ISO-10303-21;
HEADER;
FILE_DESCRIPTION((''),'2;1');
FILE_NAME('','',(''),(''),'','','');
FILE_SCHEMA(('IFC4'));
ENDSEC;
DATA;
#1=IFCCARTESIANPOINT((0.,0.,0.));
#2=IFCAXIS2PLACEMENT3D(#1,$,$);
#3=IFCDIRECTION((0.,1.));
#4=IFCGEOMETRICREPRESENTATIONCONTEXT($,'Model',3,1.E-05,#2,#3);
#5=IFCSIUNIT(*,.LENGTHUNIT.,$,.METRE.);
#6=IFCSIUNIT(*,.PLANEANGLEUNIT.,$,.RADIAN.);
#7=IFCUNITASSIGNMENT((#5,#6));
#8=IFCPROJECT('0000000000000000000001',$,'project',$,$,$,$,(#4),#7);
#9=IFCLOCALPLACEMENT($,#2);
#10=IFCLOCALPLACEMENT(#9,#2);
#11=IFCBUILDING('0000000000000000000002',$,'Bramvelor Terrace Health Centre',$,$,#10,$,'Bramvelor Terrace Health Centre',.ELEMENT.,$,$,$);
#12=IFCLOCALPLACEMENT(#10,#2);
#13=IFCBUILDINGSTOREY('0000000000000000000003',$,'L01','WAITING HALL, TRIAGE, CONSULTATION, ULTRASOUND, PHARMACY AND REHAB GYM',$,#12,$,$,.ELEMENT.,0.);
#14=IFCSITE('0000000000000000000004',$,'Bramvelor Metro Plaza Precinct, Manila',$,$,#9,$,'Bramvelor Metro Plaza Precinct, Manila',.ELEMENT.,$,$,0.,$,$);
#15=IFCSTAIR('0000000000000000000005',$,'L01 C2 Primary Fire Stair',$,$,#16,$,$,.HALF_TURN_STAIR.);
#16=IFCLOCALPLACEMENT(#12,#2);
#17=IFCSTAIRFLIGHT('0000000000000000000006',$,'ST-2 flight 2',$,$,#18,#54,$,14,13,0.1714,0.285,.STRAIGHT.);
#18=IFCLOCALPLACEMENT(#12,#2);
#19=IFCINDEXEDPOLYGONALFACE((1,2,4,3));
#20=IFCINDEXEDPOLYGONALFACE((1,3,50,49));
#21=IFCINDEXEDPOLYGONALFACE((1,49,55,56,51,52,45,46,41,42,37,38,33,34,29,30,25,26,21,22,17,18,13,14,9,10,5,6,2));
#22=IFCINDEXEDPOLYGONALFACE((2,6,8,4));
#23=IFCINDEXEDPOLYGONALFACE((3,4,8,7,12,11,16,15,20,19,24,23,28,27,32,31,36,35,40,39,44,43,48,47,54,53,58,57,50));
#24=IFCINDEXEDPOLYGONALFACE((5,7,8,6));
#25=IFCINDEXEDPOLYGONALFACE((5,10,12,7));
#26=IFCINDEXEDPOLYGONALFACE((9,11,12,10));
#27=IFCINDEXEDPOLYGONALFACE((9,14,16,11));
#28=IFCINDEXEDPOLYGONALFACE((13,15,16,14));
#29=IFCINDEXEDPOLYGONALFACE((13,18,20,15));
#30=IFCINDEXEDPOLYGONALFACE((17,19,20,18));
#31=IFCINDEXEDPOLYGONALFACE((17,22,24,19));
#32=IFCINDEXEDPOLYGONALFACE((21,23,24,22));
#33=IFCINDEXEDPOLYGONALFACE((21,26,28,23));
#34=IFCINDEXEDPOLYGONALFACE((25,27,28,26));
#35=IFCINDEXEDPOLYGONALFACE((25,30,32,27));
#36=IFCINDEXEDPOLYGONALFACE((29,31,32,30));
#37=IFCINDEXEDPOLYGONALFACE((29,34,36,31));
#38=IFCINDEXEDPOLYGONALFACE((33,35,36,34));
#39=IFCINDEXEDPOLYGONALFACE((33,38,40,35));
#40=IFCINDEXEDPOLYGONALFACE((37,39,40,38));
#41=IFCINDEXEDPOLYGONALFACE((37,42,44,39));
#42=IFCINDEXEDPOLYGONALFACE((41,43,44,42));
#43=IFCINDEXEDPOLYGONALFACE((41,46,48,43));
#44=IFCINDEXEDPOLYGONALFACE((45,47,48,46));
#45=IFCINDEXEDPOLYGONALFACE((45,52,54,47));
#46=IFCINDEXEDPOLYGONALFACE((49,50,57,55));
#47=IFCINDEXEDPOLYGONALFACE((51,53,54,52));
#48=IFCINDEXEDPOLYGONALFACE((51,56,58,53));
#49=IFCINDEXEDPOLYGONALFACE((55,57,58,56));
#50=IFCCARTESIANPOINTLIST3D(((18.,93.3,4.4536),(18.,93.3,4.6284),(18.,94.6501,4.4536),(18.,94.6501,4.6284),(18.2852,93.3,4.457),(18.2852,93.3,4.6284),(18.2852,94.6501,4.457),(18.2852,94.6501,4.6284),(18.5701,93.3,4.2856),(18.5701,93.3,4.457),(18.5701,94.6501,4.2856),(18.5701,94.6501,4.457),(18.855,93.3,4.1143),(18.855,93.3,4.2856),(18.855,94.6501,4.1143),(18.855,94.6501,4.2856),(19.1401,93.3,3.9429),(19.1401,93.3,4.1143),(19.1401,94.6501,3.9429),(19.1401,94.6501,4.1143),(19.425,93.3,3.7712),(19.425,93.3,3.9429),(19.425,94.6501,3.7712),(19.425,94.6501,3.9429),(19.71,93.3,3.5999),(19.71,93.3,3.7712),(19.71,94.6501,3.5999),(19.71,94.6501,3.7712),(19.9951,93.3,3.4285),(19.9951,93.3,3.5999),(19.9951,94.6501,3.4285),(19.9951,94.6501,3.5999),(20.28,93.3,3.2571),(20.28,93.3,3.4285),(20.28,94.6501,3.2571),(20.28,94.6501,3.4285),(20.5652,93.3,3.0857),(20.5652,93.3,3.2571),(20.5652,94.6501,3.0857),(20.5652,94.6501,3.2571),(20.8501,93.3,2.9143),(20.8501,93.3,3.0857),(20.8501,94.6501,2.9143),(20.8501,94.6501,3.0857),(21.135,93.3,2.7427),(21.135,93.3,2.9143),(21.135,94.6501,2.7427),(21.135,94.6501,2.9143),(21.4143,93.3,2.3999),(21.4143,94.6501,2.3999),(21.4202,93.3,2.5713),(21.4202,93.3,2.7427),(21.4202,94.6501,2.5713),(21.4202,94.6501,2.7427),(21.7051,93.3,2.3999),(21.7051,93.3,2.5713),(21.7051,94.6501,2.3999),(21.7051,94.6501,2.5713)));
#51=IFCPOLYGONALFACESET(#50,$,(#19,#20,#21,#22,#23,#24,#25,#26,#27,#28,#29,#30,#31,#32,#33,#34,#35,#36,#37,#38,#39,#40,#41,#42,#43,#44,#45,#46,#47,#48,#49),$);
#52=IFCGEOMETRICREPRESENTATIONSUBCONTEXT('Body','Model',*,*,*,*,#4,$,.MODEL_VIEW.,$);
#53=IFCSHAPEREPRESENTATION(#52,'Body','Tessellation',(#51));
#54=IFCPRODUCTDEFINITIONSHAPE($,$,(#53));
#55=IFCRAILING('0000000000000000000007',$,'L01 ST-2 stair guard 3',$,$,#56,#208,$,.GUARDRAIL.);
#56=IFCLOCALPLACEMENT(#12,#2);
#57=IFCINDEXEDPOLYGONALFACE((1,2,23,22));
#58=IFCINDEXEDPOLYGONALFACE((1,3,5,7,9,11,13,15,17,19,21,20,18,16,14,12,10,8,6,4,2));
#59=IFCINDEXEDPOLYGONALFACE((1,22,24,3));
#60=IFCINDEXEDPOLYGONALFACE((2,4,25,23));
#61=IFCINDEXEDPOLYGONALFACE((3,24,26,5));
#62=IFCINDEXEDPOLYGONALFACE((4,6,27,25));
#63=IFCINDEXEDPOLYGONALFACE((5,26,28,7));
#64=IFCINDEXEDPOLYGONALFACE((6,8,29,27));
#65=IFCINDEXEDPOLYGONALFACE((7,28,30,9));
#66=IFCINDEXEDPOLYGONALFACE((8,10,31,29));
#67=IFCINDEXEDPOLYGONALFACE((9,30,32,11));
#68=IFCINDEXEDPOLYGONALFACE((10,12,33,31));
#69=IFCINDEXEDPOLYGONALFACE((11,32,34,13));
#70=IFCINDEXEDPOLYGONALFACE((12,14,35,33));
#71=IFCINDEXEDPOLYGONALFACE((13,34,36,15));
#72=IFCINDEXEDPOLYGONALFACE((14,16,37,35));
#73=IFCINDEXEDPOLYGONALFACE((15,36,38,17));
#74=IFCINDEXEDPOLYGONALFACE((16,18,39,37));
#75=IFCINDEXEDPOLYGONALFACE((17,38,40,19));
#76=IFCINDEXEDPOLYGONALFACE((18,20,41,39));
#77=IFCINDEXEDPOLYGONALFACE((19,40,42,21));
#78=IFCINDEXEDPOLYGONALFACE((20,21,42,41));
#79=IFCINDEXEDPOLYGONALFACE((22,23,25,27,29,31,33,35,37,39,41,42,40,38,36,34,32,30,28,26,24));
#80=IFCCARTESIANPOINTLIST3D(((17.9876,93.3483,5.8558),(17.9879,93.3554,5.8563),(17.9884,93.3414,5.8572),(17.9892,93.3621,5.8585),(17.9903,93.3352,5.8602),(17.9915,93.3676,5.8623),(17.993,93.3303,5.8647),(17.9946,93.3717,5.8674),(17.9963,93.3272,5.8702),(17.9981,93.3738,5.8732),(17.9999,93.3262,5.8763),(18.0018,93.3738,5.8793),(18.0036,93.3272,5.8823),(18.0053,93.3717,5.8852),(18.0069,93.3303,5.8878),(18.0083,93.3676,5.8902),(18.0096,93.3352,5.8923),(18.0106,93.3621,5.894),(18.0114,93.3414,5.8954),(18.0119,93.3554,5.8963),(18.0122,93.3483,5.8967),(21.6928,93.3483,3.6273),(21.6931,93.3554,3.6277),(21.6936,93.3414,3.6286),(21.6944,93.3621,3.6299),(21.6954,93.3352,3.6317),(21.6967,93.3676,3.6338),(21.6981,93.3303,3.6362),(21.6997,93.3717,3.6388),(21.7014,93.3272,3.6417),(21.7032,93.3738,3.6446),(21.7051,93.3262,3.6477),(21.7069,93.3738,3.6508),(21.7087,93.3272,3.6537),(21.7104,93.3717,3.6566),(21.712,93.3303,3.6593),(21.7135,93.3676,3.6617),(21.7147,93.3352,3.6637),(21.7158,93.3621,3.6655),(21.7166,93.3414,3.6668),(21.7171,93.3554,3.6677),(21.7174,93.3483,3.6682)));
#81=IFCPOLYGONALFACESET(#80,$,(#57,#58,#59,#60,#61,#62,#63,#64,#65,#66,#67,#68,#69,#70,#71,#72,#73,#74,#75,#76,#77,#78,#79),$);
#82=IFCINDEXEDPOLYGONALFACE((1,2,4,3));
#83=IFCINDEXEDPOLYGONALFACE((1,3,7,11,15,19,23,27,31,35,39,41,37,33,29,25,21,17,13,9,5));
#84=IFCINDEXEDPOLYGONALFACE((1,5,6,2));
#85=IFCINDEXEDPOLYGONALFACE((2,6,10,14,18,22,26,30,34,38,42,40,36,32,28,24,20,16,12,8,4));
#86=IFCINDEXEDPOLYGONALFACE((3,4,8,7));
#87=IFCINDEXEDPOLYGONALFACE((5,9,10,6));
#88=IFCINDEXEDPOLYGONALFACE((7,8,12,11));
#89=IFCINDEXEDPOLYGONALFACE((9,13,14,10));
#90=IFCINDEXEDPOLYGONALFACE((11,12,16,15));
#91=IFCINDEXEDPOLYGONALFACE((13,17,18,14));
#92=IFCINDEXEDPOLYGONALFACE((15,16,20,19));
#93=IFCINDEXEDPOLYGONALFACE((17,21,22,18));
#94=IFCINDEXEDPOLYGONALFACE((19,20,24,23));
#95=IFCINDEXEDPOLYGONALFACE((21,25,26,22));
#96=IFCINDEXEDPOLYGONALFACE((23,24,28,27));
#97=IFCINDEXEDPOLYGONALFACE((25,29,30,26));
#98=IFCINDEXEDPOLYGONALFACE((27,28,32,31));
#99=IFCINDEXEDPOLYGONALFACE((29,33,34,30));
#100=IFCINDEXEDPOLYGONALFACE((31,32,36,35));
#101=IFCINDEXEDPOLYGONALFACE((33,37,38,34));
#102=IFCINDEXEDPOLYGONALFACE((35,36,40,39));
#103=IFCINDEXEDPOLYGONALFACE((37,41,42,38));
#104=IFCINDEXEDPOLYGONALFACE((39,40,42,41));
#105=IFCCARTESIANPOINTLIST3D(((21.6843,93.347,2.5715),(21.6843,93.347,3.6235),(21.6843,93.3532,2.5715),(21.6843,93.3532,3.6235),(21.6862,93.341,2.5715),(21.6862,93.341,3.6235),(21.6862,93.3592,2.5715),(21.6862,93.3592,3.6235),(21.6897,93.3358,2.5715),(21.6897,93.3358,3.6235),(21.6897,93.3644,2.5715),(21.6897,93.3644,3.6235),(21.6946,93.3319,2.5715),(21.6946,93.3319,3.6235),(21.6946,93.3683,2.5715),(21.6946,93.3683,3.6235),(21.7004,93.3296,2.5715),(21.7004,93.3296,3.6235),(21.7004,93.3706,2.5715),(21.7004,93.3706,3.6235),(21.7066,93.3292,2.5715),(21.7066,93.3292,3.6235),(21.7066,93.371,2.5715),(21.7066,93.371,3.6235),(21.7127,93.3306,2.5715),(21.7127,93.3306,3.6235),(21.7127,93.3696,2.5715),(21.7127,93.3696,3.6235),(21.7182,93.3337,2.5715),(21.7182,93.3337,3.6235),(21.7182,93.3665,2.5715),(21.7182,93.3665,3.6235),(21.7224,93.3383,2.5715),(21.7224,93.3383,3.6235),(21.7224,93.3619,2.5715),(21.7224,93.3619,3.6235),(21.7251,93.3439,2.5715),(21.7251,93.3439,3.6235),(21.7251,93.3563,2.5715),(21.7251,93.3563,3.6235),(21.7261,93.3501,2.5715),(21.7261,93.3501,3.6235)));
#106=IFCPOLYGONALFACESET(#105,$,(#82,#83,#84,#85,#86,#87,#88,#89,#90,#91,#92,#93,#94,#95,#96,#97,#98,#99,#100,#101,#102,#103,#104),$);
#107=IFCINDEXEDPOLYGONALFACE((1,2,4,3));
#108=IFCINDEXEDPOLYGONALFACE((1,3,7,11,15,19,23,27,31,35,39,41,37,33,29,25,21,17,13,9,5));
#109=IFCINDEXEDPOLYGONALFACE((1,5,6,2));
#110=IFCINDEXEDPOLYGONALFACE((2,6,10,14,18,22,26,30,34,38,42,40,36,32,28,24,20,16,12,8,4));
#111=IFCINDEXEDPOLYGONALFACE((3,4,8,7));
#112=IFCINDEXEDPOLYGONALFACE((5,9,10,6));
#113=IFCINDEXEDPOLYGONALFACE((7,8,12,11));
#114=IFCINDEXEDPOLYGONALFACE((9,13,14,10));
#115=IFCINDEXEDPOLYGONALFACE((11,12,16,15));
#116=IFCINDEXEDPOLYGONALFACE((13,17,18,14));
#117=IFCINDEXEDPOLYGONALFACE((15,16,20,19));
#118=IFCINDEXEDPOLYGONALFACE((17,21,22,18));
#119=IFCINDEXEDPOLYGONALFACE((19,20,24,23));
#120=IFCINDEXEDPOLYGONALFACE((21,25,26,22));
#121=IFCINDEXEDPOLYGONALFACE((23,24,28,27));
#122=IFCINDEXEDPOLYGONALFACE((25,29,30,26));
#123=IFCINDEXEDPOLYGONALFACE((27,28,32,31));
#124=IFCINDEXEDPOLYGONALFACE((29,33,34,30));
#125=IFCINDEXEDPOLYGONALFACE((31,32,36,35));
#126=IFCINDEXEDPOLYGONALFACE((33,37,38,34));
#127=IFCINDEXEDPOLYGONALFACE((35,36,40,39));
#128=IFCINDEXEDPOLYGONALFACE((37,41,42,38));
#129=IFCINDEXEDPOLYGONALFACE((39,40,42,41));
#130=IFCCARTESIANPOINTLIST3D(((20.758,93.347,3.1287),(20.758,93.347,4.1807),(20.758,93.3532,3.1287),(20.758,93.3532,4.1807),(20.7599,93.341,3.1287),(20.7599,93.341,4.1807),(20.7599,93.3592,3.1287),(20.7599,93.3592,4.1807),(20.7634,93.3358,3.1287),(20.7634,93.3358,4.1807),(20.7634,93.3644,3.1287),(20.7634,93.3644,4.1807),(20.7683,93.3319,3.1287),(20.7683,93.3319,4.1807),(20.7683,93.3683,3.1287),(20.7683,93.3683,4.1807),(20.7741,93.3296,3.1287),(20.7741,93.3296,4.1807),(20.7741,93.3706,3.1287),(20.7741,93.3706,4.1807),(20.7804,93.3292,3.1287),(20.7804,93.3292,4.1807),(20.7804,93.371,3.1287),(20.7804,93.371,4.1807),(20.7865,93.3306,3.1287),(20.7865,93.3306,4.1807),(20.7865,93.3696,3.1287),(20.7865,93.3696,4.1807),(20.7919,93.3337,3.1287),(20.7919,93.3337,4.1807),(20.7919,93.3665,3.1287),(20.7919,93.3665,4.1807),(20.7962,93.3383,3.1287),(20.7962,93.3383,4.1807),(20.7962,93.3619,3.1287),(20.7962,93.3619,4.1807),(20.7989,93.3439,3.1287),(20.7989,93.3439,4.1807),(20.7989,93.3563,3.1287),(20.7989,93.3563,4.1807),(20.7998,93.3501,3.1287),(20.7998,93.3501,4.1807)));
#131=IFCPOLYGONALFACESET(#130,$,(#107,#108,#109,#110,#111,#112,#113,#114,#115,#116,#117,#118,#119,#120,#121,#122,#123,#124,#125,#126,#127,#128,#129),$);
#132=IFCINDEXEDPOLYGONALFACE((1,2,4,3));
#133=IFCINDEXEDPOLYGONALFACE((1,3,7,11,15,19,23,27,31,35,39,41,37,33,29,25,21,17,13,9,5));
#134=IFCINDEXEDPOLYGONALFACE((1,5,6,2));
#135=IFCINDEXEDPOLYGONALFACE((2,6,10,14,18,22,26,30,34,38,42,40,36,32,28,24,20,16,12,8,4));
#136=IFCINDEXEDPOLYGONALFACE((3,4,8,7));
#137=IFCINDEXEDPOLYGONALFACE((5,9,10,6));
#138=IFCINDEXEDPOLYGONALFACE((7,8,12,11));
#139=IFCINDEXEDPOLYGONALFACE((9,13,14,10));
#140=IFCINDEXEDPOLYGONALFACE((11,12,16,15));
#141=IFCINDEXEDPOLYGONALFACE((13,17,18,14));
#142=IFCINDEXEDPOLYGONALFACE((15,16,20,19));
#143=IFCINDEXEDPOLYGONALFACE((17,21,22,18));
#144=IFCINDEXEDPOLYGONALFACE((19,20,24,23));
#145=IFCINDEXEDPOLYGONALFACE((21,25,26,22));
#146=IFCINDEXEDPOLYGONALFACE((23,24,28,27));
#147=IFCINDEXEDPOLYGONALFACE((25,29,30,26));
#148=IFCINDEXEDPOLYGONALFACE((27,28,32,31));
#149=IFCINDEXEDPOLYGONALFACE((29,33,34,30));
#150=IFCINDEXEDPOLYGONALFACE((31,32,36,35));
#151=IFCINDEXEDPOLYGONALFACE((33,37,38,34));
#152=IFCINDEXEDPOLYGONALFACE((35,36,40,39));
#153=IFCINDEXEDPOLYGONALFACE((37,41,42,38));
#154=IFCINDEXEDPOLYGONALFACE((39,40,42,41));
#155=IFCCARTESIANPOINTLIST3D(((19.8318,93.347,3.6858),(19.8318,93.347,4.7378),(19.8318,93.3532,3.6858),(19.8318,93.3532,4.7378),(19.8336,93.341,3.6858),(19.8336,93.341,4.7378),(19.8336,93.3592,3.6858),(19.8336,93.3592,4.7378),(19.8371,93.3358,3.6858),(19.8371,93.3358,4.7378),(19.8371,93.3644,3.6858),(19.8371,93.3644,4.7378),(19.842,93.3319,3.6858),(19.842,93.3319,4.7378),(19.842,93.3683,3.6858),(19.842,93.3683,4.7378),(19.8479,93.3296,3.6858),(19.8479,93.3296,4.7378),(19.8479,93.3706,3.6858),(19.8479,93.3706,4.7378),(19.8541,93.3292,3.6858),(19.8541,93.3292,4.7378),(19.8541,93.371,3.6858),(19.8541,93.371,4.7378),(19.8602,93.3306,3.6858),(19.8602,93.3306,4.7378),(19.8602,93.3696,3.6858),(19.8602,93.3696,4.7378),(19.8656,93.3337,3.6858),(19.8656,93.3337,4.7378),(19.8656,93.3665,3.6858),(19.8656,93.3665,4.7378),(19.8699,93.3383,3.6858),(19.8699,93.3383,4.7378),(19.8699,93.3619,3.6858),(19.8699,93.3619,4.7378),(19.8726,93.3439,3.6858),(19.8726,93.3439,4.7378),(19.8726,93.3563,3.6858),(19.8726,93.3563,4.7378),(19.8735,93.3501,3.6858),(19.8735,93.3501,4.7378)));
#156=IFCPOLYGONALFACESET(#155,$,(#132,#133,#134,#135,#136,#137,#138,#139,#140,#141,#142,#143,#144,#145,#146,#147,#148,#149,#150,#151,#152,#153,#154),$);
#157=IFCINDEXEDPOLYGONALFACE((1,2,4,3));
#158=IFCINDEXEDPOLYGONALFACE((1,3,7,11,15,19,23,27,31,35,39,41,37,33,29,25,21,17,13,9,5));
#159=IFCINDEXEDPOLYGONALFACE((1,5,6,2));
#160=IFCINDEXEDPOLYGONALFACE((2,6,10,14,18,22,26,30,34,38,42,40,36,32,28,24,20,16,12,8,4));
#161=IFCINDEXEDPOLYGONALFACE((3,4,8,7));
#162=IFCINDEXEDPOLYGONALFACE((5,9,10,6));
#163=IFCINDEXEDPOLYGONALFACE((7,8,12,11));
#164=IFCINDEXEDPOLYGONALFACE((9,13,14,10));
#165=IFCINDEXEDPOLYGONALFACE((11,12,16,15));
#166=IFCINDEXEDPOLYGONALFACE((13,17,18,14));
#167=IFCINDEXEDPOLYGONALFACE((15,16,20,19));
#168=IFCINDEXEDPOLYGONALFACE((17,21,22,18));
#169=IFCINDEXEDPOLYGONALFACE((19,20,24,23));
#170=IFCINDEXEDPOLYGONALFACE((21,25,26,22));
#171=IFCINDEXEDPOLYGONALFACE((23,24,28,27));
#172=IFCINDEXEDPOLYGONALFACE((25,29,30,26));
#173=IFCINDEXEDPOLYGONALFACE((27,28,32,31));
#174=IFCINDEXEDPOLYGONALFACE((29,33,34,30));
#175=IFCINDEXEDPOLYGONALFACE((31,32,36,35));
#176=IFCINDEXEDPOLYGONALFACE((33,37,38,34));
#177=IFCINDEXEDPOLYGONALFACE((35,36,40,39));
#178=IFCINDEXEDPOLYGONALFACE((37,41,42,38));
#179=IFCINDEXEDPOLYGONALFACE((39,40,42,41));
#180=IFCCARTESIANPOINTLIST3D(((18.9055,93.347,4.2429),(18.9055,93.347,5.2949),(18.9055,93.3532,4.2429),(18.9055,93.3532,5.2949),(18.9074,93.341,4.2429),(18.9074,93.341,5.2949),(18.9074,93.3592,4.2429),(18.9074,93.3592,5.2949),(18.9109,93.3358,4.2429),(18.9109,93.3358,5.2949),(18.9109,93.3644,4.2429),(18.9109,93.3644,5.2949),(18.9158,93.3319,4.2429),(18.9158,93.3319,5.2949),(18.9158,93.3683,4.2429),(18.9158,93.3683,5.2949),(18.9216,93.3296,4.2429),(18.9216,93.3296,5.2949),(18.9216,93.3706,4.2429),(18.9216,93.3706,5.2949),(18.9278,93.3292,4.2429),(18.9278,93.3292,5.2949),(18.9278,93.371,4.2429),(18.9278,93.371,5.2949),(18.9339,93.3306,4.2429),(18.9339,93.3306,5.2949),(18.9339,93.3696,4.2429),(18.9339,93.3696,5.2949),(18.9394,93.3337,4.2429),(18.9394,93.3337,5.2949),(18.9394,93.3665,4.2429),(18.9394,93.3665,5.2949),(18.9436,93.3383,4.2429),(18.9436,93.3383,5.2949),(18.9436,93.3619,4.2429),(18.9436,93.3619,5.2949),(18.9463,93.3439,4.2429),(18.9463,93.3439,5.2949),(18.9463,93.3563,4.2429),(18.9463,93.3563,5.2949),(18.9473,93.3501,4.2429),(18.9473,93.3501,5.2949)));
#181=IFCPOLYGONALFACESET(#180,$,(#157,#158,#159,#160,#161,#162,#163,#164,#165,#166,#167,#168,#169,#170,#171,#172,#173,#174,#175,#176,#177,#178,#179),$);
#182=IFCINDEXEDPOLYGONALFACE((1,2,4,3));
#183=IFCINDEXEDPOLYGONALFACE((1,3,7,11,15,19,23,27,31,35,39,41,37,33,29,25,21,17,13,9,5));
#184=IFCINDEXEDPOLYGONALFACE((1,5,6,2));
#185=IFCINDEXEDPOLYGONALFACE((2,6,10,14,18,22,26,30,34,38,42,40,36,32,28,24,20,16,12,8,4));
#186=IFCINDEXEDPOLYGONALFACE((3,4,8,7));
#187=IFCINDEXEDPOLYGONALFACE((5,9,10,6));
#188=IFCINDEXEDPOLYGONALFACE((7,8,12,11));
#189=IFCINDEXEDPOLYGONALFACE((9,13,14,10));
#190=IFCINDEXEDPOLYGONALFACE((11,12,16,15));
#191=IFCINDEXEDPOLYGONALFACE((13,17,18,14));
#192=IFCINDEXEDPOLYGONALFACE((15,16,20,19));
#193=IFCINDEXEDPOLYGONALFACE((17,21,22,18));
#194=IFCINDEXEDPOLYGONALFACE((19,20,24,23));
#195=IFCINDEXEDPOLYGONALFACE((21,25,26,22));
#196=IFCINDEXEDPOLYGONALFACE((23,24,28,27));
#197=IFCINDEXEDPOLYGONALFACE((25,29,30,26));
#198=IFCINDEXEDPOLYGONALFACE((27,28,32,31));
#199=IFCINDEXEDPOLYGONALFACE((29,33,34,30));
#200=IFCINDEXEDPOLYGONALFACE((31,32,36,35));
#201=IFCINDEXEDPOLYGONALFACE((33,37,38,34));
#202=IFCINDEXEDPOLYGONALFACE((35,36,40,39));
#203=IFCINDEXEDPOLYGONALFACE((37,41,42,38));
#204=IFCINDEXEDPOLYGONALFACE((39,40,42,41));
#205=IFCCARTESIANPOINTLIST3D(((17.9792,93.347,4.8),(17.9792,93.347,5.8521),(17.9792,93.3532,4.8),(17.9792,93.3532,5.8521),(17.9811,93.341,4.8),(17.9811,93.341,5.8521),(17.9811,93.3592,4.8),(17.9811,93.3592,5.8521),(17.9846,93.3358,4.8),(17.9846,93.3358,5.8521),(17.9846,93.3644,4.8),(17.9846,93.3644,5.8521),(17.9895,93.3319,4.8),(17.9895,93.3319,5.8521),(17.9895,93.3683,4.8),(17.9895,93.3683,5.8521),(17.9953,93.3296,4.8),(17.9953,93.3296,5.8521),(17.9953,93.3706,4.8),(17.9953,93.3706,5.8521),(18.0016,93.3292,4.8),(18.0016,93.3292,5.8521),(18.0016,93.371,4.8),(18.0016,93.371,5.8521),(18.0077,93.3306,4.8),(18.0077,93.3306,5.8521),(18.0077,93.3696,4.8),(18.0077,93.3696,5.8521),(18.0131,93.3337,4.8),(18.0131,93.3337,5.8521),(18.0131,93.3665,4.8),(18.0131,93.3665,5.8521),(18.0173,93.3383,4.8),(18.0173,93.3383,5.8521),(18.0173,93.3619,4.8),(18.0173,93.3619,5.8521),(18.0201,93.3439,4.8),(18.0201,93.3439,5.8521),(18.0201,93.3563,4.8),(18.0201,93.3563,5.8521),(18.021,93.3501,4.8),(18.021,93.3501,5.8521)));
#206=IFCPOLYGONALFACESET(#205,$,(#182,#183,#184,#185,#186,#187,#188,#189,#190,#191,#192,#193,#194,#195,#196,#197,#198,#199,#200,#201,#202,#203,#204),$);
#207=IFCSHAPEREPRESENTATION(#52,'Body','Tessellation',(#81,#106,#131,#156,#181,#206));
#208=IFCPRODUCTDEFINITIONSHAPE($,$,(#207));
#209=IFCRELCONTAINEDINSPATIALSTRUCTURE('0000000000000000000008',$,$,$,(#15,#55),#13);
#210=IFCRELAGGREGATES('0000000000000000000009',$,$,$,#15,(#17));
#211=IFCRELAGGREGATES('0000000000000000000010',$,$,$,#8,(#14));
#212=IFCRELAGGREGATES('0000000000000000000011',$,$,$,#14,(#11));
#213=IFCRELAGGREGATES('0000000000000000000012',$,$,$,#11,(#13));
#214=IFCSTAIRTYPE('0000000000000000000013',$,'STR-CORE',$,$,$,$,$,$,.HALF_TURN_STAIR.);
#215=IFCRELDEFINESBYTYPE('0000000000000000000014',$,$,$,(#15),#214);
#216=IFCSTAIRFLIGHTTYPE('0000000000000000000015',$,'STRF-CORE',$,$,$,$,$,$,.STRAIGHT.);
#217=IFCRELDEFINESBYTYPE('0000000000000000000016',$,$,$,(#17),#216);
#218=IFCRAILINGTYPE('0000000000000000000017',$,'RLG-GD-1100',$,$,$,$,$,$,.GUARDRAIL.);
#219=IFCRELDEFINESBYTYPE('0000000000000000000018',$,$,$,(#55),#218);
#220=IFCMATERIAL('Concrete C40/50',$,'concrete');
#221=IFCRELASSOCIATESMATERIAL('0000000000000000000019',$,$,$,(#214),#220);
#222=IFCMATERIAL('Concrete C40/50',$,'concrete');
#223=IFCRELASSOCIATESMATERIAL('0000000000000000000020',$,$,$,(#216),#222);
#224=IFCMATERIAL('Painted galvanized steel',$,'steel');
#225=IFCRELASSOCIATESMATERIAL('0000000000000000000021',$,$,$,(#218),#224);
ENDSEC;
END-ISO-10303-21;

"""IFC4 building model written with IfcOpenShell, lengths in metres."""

from ifc_helpers import new_model, si_unit, direction, frame, origin, origin_2d, place, context, subcontext, project, spatial, polyline, circle, outline, extrude, material, type_object, element, aggregate, save


model = new_model("IFC4")

# Units and contexts
model_context = context("Model", 3, precision=1e-05, world=origin(), true_north=direction((0.0, 1.0)))
body_context = subcontext(model_context, "Body", "Model", "MODEL_VIEW")
ifc_project = project(units=[si_unit("LENGTHUNIT", "METRE"), si_unit("PLANEANGLEUNIT", "RADIAN")], contexts=[model_context])

# Site, building, storey
site_placement = place(None, origin())
site = spatial("IfcSite", under=ifc_project, at=site_placement, Name="Bramvelor Metro Plaza Precinct, Manila", LongName="Bramvelor Metro Plaza Precinct, Manila", CompositionType="ELEMENT", RefElevation=0.0)
building_placement = place(site_placement, origin())
building = spatial("IfcBuilding", under=site, at=building_placement, Name="Bramvelor Terrace Health Centre", LongName="Bramvelor Terrace Health Centre", CompositionType="ELEMENT")
storey_placement = place(building_placement, origin())
storey = spatial("IfcBuildingStorey", under=building, at=storey_placement, Name="L01", Description="WAITING HALL, TRIAGE, CONSULTATION, ULTRASOUND, PHARMACY AND REHAB GYM", CompositionType="ELEMENT", Elevation=0.0)

# Stair, stair flight
ifc_material_1 = material(Name="Concrete C40/50", Category="concrete")
stair_type = type_object("IfcStairType", Name="STR-CORE", PredefinedType="HALF_TURN_STAIR", material=ifc_material_1)
stair_placement = place(storey_placement, origin())
stair = element("IfcStair", 1, at=stair_placement, inside=storey, type_object=stair_type, Name="L01 C2 Primary Fire Stair", PredefinedType="HALF_TURN_STAIR")
ifc_material_2 = material(Name="Concrete C40/50", Category="concrete")
stair_flight_type = type_object("IfcStairFlightType", Name="STRF-CORE", PredefinedType="STRAIGHT", material=ifc_material_2)
stair_flight_placement = place(storey_placement, frame((21.7051, 93.9751, 2.3999), z_axis=(0.0, 0.0, 1.0), x_axis=(-1.0, 0.0, 0.0)))
stair_flight = element("IfcStairFlight", 2, at=stair_flight_placement, type_object=stair_flight_type, Name="ST-2 flight 2", NumberOfRisers=14, NumberOfTreads=13, PredefinedType="STRAIGHT", RiserHeight=0.1714, TreadLength=0.285, context=body_context, shape_type="SweptSolid", body=[
    extrude(outline(polyline([(0.0, 0.0), (0.0, 0.1714), (0.2849, 0.1714), (0.2849, 0.3428), (0.5701, 0.3428), (0.5701, 0.5144), (0.855, 0.5144), (0.855, 0.6858), (1.1399, 0.6858), (1.1399, 0.8572), (1.425, 0.8572), (1.425, 1.0286), (1.71, 1.0286), (1.71, 1.2), (1.9951, 1.2), (1.9951, 1.3713), (2.28, 1.3713), (2.28, 1.543), (2.5649, 1.543), (2.5649, 1.7144), (2.8501, 1.7144), (2.8501, 1.8857), (3.135, 1.8857), (3.135, 2.0571), (3.4199, 2.0571), (3.4199, 2.2285), (3.7051, 2.2285), (3.7051, 2.3999), (3.7051, 2.0537), (0.2908, 0.0), (0.0, 0.0)])), frame((0.0, 0.675, 0.0), z_axis=(0.0, -1.0, 0.0), x_axis=(1.0, 0.0, 0.0)), (0.0, 0.0, 1.0), 1.3501),
])
aggregate(stair, [stair_flight])

# Railing
ifc_material_3 = material(Name="Painted galvanized steel", Category="steel")
railing_type_1 = type_object("IfcRailingType", Name="RLG-GD-1100", PredefinedType="GUARDRAIL", material=ifc_material_3)
railing_1_placement = place(storey_placement, frame((21.7051, 93.3501, 2.5715)))
element("IfcRailing", 3, at=railing_1_placement, inside=storey, type_object=railing_type_1, Name="L01 ST-2 stair guard 3", PredefinedType="GUARDRAIL", context=body_context, shape_type="SweptSolid", body=[
    extrude(circle(Radius=0.0239, at=origin_2d()), frame((0.0, 0.0, 1.0762), z_axis=(-0.856934, 0.0, 0.515425), x_axis=(0.0, -1.0, 0.0)), (0.0, 0.0, 1.0), 4.3237),
    extrude(circle(Radius=0.021, at=origin_2d()), origin(), (0.0, 0.0, 1.0), 1.052),
    extrude(circle(Radius=0.021, at=origin_2d()), frame((-0.9263, 0.0, 0.5571)), (0.0, 0.0, 1.0), 1.052),
    extrude(circle(Radius=0.021, at=origin_2d()), frame((-1.8525, 0.0, 1.1143)), (0.0, 0.0, 1.0), 1.052),
    extrude(circle(Radius=0.021, at=origin_2d()), frame((-2.7788, 0.0, 1.6714)), (0.0, 0.0, 1.0), 1.052),
    extrude(circle(Radius=0.021, at=origin_2d()), frame((-3.7051, 0.0, 2.2285)), (0.0, 0.0, 1.0), 1.052),
])

save(model, "model.ifc")
